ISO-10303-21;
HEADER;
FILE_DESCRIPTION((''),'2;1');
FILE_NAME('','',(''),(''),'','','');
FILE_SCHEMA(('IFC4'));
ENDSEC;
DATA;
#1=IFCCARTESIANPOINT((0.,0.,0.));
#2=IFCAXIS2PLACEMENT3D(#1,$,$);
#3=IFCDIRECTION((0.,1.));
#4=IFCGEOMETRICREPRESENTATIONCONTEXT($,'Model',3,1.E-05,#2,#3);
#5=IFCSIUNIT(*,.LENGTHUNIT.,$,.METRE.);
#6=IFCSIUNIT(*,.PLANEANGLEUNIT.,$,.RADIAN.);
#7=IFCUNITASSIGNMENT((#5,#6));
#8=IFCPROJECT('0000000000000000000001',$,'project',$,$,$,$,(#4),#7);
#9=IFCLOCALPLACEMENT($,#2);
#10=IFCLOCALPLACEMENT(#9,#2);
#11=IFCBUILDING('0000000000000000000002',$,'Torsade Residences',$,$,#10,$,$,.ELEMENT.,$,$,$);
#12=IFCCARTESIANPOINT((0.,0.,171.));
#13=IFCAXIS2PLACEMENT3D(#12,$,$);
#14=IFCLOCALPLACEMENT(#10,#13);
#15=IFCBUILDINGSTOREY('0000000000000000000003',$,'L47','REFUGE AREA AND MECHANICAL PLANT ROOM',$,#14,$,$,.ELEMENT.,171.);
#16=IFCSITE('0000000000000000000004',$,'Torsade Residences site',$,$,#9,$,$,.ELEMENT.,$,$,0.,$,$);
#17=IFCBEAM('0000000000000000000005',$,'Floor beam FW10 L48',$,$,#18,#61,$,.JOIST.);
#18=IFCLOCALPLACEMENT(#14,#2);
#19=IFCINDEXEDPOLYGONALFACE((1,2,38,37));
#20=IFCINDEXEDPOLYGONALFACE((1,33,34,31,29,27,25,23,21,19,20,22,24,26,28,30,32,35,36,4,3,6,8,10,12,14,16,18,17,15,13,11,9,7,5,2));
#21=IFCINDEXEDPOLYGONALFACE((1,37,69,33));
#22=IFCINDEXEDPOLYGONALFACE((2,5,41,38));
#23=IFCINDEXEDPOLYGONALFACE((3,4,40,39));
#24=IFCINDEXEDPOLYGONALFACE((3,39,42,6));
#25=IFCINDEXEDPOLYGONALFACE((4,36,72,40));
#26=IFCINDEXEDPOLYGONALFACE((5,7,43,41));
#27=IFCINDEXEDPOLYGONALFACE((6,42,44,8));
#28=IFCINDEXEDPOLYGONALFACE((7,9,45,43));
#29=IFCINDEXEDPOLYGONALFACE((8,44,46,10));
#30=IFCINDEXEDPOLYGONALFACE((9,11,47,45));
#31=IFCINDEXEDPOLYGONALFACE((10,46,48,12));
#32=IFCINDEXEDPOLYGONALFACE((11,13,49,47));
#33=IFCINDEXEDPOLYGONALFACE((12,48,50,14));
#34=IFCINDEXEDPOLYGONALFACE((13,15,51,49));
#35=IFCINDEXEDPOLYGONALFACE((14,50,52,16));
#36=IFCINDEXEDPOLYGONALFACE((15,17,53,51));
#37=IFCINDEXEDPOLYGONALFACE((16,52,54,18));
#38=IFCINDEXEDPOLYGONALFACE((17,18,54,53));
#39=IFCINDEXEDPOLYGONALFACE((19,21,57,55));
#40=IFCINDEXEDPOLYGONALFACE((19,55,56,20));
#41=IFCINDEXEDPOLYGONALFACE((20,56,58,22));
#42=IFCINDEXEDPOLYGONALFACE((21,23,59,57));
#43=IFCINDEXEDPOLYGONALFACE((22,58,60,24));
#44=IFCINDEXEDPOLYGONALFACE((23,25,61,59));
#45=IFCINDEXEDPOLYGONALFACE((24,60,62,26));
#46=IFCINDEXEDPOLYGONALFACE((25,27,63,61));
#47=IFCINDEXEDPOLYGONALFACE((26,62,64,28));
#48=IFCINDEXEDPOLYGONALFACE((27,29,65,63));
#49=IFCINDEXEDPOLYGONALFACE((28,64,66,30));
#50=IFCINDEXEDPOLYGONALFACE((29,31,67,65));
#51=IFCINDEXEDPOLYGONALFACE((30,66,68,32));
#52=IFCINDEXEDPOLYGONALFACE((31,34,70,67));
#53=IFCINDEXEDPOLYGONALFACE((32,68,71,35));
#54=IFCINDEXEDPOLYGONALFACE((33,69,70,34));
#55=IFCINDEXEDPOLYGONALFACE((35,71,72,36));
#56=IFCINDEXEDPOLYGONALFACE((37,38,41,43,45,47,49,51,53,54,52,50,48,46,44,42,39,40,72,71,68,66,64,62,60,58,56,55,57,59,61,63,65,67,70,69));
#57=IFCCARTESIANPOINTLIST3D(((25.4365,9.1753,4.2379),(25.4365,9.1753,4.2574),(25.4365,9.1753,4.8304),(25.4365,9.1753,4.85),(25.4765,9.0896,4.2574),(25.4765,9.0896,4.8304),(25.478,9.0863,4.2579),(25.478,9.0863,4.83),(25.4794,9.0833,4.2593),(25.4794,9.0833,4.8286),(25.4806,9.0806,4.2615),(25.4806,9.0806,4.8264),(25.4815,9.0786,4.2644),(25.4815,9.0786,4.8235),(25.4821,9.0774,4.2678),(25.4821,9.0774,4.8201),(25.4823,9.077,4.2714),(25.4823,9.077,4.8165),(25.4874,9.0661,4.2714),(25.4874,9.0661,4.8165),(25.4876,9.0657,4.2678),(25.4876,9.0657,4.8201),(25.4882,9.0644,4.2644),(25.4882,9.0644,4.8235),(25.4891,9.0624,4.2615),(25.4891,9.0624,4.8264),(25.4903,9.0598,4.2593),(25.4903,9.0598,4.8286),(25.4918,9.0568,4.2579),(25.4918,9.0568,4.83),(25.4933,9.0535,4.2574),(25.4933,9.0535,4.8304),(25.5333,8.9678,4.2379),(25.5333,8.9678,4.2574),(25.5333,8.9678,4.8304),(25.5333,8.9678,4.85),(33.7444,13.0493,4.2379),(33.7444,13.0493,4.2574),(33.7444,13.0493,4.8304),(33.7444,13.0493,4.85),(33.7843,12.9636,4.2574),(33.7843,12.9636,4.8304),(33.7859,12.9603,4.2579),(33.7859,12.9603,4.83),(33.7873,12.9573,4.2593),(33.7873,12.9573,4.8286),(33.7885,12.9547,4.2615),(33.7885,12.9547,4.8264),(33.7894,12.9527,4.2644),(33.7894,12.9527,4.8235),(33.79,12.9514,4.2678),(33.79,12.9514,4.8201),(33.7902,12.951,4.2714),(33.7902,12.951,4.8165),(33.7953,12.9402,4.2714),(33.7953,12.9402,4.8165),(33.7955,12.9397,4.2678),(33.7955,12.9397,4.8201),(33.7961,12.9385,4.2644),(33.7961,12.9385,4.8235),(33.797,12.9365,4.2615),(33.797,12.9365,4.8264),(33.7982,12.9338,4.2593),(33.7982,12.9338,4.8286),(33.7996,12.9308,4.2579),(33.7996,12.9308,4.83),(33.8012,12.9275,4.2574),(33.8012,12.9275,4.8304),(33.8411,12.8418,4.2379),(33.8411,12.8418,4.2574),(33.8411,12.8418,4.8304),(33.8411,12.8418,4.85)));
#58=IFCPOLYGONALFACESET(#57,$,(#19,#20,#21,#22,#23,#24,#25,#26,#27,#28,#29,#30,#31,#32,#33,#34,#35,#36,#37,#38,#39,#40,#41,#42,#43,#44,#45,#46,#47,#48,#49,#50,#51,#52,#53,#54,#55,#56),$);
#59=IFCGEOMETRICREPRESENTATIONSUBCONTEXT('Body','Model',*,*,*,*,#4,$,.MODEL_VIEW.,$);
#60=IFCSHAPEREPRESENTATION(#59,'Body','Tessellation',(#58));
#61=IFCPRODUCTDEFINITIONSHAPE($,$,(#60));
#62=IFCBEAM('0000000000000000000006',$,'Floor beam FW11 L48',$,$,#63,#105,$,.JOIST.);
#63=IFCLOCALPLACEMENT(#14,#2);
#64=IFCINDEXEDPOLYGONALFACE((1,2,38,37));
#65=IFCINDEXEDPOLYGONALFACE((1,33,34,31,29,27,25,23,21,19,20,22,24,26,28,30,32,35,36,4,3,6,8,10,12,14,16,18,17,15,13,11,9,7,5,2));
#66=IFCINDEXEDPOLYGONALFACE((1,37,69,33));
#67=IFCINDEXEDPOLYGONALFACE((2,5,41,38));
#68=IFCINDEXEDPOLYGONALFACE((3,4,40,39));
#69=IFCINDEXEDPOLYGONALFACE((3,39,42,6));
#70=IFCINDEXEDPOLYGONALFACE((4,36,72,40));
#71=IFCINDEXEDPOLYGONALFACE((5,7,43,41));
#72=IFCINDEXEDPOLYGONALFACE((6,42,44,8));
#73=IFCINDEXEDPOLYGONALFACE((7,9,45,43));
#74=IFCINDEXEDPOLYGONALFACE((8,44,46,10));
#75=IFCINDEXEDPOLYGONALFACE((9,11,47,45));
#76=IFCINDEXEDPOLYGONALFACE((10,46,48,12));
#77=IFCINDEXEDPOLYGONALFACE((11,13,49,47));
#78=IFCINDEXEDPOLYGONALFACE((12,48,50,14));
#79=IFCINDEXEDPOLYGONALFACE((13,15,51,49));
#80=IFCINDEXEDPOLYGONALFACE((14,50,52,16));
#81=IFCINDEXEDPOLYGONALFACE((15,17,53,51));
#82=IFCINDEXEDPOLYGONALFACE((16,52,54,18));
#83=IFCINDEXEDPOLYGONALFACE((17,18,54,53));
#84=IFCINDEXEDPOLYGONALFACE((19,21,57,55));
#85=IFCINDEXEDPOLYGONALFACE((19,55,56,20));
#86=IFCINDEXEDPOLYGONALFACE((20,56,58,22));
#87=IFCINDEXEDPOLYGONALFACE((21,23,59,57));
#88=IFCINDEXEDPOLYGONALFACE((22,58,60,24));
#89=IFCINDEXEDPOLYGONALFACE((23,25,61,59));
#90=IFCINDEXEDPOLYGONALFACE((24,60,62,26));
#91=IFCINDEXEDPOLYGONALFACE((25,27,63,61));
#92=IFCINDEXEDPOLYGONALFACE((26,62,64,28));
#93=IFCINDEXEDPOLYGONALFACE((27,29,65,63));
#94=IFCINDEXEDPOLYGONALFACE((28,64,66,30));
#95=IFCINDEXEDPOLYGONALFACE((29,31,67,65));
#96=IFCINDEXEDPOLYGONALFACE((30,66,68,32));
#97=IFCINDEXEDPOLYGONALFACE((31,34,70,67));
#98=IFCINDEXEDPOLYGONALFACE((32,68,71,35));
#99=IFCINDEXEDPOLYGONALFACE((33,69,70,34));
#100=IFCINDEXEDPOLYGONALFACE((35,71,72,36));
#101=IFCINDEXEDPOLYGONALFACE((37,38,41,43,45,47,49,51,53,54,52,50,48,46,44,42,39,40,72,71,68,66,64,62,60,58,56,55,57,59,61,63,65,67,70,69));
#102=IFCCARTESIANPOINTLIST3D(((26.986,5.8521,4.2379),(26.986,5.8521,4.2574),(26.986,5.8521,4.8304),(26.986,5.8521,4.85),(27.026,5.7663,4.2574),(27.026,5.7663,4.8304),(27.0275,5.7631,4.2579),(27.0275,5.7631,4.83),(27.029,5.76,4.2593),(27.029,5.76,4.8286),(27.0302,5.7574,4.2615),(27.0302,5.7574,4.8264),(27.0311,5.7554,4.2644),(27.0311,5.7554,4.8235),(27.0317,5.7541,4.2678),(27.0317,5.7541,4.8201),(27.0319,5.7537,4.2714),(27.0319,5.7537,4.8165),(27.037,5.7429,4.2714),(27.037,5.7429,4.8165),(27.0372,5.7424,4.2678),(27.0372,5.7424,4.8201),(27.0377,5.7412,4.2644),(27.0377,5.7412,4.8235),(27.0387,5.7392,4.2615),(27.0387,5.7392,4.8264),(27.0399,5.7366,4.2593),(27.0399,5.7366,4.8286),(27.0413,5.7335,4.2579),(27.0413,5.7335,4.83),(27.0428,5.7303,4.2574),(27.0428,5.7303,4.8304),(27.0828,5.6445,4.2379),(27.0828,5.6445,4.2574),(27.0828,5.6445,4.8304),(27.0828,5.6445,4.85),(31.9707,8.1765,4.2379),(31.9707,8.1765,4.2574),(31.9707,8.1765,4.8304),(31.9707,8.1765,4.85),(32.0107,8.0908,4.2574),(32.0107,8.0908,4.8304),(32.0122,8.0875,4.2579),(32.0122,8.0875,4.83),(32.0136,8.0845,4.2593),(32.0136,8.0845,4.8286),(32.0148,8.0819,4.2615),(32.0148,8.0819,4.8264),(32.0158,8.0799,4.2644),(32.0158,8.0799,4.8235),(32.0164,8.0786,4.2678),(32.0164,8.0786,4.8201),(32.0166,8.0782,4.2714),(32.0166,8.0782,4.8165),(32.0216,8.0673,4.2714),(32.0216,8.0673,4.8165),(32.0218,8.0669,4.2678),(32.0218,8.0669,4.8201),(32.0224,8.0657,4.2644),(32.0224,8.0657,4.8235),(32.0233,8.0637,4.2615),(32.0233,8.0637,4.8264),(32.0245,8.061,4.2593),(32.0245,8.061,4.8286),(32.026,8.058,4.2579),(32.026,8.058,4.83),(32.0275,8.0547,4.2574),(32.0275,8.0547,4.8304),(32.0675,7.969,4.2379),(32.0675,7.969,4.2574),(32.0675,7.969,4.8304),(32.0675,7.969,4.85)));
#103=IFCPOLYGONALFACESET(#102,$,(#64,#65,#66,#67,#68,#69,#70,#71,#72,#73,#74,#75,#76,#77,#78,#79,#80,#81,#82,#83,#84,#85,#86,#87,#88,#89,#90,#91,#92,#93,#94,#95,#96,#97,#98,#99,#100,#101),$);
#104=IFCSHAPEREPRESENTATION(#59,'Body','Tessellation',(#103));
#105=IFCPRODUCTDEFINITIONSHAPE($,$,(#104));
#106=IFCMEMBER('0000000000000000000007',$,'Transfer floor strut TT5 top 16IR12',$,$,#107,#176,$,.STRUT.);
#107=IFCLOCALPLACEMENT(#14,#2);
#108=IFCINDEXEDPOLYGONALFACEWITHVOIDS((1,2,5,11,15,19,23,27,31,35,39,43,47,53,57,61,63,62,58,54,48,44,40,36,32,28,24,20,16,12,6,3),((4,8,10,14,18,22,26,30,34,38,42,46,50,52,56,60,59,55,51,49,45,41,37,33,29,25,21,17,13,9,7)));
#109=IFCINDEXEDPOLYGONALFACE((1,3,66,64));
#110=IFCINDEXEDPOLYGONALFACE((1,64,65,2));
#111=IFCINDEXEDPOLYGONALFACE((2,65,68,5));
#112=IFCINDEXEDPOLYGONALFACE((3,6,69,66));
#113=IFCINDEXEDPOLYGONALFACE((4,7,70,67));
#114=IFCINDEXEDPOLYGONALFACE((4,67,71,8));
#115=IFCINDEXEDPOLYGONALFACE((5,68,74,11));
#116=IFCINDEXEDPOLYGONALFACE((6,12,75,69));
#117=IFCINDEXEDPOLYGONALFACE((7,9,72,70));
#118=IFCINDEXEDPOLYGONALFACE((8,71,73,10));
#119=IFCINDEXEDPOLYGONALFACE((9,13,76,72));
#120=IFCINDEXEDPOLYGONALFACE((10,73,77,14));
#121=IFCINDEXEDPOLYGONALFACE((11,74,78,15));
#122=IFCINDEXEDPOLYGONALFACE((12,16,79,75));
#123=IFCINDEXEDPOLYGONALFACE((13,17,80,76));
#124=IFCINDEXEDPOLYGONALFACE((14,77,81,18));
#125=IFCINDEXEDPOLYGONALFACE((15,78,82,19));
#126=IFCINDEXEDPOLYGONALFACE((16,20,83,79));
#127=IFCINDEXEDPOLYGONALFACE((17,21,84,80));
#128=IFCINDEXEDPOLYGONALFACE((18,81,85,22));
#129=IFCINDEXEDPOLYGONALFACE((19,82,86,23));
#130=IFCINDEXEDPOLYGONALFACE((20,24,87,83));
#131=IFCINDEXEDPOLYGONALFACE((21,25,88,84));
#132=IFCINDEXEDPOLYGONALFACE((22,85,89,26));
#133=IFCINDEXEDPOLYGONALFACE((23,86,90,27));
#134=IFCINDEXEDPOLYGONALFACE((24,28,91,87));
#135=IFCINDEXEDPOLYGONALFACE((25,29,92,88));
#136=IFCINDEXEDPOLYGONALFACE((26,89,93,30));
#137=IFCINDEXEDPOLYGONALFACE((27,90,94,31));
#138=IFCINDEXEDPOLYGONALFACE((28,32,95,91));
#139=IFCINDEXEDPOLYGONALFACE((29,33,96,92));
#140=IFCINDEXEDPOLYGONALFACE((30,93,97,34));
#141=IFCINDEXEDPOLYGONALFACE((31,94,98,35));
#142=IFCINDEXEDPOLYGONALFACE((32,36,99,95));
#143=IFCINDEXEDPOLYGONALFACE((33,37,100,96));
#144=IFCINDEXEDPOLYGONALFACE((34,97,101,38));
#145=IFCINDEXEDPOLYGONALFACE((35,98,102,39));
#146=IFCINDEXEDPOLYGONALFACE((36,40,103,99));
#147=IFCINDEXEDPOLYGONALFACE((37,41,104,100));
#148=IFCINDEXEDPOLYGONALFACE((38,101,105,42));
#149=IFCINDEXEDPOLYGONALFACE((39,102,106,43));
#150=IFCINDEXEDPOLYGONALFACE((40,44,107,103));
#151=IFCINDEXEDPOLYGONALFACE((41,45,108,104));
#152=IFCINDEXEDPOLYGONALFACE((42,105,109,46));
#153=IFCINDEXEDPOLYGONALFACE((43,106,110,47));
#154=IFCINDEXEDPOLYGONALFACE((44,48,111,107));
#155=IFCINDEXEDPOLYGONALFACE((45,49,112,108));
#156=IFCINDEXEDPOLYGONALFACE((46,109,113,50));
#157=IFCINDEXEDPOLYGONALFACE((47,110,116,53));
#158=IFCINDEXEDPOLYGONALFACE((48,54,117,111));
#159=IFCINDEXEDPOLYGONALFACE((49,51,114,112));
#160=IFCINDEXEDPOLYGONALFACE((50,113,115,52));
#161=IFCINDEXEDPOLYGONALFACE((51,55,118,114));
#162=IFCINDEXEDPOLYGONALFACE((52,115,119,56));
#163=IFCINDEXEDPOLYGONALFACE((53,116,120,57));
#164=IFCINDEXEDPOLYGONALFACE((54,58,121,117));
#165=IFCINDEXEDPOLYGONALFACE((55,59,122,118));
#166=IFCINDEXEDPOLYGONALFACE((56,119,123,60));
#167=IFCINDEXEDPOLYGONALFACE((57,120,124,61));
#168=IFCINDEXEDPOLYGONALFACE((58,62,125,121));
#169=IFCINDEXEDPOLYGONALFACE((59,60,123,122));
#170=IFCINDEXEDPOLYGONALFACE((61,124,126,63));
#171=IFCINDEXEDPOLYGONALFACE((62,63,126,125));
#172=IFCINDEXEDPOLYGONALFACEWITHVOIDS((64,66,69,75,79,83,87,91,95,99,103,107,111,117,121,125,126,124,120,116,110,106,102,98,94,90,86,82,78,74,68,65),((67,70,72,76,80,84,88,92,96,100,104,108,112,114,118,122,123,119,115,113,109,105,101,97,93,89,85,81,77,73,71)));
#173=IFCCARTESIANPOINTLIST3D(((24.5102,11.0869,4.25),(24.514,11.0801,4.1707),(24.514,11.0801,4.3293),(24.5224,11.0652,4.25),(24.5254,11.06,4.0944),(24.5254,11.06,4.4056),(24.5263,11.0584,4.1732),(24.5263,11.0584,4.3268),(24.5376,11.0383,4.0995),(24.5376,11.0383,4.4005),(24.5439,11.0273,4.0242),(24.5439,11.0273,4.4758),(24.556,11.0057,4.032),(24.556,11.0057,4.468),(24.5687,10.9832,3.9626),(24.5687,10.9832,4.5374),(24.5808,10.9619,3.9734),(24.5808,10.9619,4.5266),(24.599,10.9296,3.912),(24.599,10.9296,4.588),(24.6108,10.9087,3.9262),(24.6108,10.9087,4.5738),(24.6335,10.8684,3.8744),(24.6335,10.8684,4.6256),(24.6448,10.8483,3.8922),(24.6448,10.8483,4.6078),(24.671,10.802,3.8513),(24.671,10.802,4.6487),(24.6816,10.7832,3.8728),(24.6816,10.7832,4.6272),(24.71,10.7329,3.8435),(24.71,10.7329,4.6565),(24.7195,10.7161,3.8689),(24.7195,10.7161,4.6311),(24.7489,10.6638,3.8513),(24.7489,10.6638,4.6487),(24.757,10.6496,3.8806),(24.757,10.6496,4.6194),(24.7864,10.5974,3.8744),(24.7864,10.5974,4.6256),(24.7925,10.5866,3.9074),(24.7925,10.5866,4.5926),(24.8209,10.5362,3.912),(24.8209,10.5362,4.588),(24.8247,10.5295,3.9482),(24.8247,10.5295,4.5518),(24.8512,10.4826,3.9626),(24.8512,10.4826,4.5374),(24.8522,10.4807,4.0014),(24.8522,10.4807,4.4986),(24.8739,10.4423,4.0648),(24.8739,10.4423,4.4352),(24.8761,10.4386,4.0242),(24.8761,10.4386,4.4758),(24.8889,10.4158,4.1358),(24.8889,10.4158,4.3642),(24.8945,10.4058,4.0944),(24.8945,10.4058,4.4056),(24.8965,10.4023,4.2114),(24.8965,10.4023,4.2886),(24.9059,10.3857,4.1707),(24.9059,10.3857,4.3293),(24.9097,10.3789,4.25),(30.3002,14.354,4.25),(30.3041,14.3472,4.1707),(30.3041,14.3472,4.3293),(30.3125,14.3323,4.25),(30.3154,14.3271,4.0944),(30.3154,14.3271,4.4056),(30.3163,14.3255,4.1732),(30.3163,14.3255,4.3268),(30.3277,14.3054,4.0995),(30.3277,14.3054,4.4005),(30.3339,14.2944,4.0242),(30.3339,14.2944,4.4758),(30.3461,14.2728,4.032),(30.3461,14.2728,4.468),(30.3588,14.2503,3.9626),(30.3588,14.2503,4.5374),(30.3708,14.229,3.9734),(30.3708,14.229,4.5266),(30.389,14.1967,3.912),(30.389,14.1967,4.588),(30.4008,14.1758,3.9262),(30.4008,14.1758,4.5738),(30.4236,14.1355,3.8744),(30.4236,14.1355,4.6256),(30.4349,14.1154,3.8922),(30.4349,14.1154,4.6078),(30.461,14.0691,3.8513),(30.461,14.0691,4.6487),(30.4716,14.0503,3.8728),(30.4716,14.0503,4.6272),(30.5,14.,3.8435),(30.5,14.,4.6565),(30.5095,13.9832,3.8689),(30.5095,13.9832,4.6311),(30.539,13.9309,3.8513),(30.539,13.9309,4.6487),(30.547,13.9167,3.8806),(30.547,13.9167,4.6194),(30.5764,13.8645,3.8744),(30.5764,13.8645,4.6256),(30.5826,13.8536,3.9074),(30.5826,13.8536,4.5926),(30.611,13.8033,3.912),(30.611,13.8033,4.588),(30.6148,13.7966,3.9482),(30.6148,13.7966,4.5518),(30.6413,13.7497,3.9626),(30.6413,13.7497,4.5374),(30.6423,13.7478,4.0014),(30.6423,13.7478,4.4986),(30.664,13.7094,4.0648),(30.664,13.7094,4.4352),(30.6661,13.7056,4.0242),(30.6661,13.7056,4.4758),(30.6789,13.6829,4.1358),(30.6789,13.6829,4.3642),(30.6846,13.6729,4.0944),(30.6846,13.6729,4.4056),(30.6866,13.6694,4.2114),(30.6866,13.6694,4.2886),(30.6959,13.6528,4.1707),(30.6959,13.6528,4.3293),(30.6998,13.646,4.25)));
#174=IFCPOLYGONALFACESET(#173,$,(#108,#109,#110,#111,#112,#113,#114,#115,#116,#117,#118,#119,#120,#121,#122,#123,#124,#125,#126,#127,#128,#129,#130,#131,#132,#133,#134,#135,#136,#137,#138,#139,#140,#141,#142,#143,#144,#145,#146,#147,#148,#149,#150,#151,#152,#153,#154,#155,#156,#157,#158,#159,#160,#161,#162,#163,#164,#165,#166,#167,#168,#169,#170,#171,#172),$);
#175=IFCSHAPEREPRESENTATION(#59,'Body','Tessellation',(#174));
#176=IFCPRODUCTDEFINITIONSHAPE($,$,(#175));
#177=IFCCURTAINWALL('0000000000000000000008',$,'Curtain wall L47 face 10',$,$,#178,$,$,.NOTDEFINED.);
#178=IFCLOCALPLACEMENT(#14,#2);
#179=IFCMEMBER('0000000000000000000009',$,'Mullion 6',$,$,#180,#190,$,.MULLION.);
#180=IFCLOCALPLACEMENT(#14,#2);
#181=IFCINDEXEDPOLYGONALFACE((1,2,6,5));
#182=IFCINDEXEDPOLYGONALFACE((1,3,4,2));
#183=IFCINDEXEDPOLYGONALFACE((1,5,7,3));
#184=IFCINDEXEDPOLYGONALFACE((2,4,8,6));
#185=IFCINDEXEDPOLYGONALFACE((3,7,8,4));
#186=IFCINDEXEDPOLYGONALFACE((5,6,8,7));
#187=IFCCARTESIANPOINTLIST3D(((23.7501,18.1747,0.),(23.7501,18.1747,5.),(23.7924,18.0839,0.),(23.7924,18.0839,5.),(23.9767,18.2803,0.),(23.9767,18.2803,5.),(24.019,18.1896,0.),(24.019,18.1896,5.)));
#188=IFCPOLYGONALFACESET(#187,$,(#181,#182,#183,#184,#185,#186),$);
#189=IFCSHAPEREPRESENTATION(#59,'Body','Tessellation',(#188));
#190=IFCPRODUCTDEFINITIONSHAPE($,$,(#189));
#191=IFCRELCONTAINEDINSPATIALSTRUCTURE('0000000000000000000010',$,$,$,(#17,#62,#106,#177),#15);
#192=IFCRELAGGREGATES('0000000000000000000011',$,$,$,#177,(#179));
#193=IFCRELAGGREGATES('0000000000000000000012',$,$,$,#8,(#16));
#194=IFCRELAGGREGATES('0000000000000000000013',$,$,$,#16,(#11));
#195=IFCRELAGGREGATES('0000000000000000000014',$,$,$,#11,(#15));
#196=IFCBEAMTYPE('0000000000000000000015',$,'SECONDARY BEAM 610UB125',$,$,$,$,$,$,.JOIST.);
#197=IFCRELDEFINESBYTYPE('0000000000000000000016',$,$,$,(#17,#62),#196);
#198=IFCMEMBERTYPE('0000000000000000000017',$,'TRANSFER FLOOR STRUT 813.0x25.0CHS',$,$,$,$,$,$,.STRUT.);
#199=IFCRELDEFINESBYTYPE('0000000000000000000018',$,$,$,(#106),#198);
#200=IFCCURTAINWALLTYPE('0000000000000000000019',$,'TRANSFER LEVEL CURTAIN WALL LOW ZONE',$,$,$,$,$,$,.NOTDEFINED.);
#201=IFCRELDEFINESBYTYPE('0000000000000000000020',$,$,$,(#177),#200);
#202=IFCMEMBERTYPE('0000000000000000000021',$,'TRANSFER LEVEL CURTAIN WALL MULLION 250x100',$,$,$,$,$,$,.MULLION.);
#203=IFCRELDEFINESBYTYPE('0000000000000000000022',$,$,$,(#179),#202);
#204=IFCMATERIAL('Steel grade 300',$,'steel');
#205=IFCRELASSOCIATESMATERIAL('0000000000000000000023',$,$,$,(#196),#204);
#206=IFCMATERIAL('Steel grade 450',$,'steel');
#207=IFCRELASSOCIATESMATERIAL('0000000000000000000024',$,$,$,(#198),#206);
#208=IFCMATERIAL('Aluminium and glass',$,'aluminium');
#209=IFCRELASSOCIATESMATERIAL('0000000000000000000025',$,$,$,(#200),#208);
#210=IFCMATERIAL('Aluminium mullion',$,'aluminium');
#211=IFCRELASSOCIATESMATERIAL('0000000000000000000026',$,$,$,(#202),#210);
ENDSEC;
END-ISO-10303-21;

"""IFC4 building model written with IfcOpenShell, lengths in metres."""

from ifc_helpers import new_model, si_unit, direction, frame, origin, origin_2d, place, context, subcontext, project, spatial, rectangle, hollow_circle, i_section, extrude, material, material_profile, profile_set, type_object, element, aggregate, save


model = new_model("IFC4")

# Units and contexts
model_context = context("Model", 3, precision=1e-05, world=origin(), true_north=direction((0.0, 1.0)))
body_context = subcontext(model_context, "Body", "Model", "MODEL_VIEW")
ifc_project = project(units=[si_unit("LENGTHUNIT", "METRE"), si_unit("PLANEANGLEUNIT", "RADIAN")], contexts=[model_context])

# Site, building, storey
site_placement = place(None, origin())
site = spatial("IfcSite", under=ifc_project, at=site_placement, Name="Torsade Residences site", CompositionType="ELEMENT", RefElevation=0.0)
building_placement = place(site_placement, origin())
building = spatial("IfcBuilding", under=site, at=building_placement, Name="Torsade Residences", CompositionType="ELEMENT")
storey_placement = place(building_placement, frame((0.0, 0.0, 171.0)))
storey = spatial("IfcBuildingStorey", under=building, at=storey_placement, Name="L47", Description="REFUGE AREA AND MECHANICAL PLANT ROOM", CompositionType="ELEMENT", Elevation=171.0)

# Beams
ifc_material_1 = material(Name="Steel grade 300", Category="steel")
ifc_material_profile_1 = material_profile(ifc_material_1, i_section(OverallWidth=0.229, OverallDepth=0.6121, WebThickness=0.012, FlangeThickness=0.0195, FilletRadius=0.0139, at=origin_2d()), Name="610UB125")
ifc_profile_set_1 = profile_set([ifc_material_profile_1], Name="Steel grade 300")
beam_type_1 = type_object("IfcBeamType", Name="SECONDARY BEAM 610UB125", PredefinedType="JOIST", material=ifc_profile_set_1)
beam_1_placement = place(storey_placement, frame((25.4849, 9.0715, 4.5439), z_axis=(0.906308, 0.422619, 0.0), x_axis=(-0.422619, 0.906308, 0.0)))
element("IfcBeam", 1, at=beam_1_placement, inside=storey, type_object=beam_type_1, Name="Floor beam FW10 L48", PredefinedType="JOIST", context=body_context, shape_type="SweptSolid", body=[
    extrude(i_section(OverallWidth=0.229, OverallDepth=0.6121, WebThickness=0.012, FlangeThickness=0.0195, FilletRadius=0.0139, at=origin_2d()), origin(), (0.0, 0.0, 1.0), 9.1667),
])
beam_2_placement = place(storey_placement, frame((27.0344, 5.7483, 4.5439), z_axis=(0.906301, 0.422633, 0.0), x_axis=(-0.422633, 0.906301, 0.0)))
element("IfcBeam", 2, at=beam_2_placement, inside=storey, type_object=beam_type_1, Name="Floor beam FW11 L48", PredefinedType="JOIST", context=body_context, shape_type="SweptSolid", body=[
    extrude(i_section(OverallWidth=0.229, OverallDepth=0.6121, WebThickness=0.012, FlangeThickness=0.0195, FilletRadius=0.0139, at=origin_2d()), origin(), (0.0, 0.0, 1.0), 5.5),
])

# Member
ifc_material_2 = material(Name="Steel grade 450", Category="steel")
ifc_material_profile_2 = material_profile(ifc_material_2, hollow_circle(Radius=0.4065, WallThickness=0.0249, at=origin_2d()), Name="813.0x25.0CHS")
ifc_profile_set_2 = profile_set([ifc_material_profile_2], Name="Steel grade 450")
member_type_1 = type_object("IfcMemberType", Name="TRANSFER FLOOR STRUT 813.0x25.0CHS", PredefinedType="STRUT", material=ifc_profile_set_2)
member_1_placement = place(storey_placement, frame((24.71, 10.7329, 4.25), z_axis=(0.87092, 0.491425, 0.0), x_axis=(-0.491425, 0.87092, 0.0)))
element("IfcMember", 3, at=member_1_placement, inside=storey, type_object=member_type_1, Name="Transfer floor strut TT5 top 16IR12", PredefinedType="STRUT", context=body_context, shape_type="SweptSolid", body=[
    extrude(hollow_circle(Radius=0.4065, WallThickness=0.0249, at=origin_2d()), origin(), (0.0, 0.0, 1.0), 6.6482),
])

# Curtain wall, member
ifc_material_3 = material(Name="Aluminium and glass", Category="aluminium")
curtain_wall_type = type_object("IfcCurtainWallType", Name="TRANSFER LEVEL CURTAIN WALL LOW ZONE", PredefinedType="NOTDEFINED", material=ifc_material_3)
curtain_wall_placement = place(storey_placement, origin())
curtain_wall = element("IfcCurtainWall", 4, at=curtain_wall_placement, inside=storey, type_object=curtain_wall_type, Name="Curtain wall L47 face 10", PredefinedType="NOTDEFINED")
ifc_material_4 = material(Name="Aluminium mullion", Category="aluminium")
ifc_material_profile_3 = material_profile(ifc_material_4, rectangle(XDim=0.25, YDim=0.1001, at=origin_2d()), Name="TRANSFER LEVEL CURTAIN WALL MULLION 250x100")
ifc_profile_set_3 = profile_set([ifc_material_profile_3], Name="Aluminium mullion")
member_type_2 = type_object("IfcMemberType", Name="TRANSFER LEVEL CURTAIN WALL MULLION 250x100", PredefinedType="MULLION", material=ifc_profile_set_3)
member_2_placement = place(storey_placement, frame((23.8845, 18.1821, 0.0), z_axis=(0.0, 0.0, 1.0), x_axis=(0.906308, 0.422618, 0.0)))
member_2 = element("IfcMember", 5, at=member_2_placement, type_object=member_type_2, Name="Mullion 6", PredefinedType="MULLION", context=body_context, shape_type="SweptSolid", body=[
    extrude(rectangle(XDim=0.25, YDim=0.1001, at=origin_2d()), origin(), (0.0, 0.0, 1.0), 5.0),
])

aggregate(curtain_wall, [member_2])

save(model, "model.ifc")
